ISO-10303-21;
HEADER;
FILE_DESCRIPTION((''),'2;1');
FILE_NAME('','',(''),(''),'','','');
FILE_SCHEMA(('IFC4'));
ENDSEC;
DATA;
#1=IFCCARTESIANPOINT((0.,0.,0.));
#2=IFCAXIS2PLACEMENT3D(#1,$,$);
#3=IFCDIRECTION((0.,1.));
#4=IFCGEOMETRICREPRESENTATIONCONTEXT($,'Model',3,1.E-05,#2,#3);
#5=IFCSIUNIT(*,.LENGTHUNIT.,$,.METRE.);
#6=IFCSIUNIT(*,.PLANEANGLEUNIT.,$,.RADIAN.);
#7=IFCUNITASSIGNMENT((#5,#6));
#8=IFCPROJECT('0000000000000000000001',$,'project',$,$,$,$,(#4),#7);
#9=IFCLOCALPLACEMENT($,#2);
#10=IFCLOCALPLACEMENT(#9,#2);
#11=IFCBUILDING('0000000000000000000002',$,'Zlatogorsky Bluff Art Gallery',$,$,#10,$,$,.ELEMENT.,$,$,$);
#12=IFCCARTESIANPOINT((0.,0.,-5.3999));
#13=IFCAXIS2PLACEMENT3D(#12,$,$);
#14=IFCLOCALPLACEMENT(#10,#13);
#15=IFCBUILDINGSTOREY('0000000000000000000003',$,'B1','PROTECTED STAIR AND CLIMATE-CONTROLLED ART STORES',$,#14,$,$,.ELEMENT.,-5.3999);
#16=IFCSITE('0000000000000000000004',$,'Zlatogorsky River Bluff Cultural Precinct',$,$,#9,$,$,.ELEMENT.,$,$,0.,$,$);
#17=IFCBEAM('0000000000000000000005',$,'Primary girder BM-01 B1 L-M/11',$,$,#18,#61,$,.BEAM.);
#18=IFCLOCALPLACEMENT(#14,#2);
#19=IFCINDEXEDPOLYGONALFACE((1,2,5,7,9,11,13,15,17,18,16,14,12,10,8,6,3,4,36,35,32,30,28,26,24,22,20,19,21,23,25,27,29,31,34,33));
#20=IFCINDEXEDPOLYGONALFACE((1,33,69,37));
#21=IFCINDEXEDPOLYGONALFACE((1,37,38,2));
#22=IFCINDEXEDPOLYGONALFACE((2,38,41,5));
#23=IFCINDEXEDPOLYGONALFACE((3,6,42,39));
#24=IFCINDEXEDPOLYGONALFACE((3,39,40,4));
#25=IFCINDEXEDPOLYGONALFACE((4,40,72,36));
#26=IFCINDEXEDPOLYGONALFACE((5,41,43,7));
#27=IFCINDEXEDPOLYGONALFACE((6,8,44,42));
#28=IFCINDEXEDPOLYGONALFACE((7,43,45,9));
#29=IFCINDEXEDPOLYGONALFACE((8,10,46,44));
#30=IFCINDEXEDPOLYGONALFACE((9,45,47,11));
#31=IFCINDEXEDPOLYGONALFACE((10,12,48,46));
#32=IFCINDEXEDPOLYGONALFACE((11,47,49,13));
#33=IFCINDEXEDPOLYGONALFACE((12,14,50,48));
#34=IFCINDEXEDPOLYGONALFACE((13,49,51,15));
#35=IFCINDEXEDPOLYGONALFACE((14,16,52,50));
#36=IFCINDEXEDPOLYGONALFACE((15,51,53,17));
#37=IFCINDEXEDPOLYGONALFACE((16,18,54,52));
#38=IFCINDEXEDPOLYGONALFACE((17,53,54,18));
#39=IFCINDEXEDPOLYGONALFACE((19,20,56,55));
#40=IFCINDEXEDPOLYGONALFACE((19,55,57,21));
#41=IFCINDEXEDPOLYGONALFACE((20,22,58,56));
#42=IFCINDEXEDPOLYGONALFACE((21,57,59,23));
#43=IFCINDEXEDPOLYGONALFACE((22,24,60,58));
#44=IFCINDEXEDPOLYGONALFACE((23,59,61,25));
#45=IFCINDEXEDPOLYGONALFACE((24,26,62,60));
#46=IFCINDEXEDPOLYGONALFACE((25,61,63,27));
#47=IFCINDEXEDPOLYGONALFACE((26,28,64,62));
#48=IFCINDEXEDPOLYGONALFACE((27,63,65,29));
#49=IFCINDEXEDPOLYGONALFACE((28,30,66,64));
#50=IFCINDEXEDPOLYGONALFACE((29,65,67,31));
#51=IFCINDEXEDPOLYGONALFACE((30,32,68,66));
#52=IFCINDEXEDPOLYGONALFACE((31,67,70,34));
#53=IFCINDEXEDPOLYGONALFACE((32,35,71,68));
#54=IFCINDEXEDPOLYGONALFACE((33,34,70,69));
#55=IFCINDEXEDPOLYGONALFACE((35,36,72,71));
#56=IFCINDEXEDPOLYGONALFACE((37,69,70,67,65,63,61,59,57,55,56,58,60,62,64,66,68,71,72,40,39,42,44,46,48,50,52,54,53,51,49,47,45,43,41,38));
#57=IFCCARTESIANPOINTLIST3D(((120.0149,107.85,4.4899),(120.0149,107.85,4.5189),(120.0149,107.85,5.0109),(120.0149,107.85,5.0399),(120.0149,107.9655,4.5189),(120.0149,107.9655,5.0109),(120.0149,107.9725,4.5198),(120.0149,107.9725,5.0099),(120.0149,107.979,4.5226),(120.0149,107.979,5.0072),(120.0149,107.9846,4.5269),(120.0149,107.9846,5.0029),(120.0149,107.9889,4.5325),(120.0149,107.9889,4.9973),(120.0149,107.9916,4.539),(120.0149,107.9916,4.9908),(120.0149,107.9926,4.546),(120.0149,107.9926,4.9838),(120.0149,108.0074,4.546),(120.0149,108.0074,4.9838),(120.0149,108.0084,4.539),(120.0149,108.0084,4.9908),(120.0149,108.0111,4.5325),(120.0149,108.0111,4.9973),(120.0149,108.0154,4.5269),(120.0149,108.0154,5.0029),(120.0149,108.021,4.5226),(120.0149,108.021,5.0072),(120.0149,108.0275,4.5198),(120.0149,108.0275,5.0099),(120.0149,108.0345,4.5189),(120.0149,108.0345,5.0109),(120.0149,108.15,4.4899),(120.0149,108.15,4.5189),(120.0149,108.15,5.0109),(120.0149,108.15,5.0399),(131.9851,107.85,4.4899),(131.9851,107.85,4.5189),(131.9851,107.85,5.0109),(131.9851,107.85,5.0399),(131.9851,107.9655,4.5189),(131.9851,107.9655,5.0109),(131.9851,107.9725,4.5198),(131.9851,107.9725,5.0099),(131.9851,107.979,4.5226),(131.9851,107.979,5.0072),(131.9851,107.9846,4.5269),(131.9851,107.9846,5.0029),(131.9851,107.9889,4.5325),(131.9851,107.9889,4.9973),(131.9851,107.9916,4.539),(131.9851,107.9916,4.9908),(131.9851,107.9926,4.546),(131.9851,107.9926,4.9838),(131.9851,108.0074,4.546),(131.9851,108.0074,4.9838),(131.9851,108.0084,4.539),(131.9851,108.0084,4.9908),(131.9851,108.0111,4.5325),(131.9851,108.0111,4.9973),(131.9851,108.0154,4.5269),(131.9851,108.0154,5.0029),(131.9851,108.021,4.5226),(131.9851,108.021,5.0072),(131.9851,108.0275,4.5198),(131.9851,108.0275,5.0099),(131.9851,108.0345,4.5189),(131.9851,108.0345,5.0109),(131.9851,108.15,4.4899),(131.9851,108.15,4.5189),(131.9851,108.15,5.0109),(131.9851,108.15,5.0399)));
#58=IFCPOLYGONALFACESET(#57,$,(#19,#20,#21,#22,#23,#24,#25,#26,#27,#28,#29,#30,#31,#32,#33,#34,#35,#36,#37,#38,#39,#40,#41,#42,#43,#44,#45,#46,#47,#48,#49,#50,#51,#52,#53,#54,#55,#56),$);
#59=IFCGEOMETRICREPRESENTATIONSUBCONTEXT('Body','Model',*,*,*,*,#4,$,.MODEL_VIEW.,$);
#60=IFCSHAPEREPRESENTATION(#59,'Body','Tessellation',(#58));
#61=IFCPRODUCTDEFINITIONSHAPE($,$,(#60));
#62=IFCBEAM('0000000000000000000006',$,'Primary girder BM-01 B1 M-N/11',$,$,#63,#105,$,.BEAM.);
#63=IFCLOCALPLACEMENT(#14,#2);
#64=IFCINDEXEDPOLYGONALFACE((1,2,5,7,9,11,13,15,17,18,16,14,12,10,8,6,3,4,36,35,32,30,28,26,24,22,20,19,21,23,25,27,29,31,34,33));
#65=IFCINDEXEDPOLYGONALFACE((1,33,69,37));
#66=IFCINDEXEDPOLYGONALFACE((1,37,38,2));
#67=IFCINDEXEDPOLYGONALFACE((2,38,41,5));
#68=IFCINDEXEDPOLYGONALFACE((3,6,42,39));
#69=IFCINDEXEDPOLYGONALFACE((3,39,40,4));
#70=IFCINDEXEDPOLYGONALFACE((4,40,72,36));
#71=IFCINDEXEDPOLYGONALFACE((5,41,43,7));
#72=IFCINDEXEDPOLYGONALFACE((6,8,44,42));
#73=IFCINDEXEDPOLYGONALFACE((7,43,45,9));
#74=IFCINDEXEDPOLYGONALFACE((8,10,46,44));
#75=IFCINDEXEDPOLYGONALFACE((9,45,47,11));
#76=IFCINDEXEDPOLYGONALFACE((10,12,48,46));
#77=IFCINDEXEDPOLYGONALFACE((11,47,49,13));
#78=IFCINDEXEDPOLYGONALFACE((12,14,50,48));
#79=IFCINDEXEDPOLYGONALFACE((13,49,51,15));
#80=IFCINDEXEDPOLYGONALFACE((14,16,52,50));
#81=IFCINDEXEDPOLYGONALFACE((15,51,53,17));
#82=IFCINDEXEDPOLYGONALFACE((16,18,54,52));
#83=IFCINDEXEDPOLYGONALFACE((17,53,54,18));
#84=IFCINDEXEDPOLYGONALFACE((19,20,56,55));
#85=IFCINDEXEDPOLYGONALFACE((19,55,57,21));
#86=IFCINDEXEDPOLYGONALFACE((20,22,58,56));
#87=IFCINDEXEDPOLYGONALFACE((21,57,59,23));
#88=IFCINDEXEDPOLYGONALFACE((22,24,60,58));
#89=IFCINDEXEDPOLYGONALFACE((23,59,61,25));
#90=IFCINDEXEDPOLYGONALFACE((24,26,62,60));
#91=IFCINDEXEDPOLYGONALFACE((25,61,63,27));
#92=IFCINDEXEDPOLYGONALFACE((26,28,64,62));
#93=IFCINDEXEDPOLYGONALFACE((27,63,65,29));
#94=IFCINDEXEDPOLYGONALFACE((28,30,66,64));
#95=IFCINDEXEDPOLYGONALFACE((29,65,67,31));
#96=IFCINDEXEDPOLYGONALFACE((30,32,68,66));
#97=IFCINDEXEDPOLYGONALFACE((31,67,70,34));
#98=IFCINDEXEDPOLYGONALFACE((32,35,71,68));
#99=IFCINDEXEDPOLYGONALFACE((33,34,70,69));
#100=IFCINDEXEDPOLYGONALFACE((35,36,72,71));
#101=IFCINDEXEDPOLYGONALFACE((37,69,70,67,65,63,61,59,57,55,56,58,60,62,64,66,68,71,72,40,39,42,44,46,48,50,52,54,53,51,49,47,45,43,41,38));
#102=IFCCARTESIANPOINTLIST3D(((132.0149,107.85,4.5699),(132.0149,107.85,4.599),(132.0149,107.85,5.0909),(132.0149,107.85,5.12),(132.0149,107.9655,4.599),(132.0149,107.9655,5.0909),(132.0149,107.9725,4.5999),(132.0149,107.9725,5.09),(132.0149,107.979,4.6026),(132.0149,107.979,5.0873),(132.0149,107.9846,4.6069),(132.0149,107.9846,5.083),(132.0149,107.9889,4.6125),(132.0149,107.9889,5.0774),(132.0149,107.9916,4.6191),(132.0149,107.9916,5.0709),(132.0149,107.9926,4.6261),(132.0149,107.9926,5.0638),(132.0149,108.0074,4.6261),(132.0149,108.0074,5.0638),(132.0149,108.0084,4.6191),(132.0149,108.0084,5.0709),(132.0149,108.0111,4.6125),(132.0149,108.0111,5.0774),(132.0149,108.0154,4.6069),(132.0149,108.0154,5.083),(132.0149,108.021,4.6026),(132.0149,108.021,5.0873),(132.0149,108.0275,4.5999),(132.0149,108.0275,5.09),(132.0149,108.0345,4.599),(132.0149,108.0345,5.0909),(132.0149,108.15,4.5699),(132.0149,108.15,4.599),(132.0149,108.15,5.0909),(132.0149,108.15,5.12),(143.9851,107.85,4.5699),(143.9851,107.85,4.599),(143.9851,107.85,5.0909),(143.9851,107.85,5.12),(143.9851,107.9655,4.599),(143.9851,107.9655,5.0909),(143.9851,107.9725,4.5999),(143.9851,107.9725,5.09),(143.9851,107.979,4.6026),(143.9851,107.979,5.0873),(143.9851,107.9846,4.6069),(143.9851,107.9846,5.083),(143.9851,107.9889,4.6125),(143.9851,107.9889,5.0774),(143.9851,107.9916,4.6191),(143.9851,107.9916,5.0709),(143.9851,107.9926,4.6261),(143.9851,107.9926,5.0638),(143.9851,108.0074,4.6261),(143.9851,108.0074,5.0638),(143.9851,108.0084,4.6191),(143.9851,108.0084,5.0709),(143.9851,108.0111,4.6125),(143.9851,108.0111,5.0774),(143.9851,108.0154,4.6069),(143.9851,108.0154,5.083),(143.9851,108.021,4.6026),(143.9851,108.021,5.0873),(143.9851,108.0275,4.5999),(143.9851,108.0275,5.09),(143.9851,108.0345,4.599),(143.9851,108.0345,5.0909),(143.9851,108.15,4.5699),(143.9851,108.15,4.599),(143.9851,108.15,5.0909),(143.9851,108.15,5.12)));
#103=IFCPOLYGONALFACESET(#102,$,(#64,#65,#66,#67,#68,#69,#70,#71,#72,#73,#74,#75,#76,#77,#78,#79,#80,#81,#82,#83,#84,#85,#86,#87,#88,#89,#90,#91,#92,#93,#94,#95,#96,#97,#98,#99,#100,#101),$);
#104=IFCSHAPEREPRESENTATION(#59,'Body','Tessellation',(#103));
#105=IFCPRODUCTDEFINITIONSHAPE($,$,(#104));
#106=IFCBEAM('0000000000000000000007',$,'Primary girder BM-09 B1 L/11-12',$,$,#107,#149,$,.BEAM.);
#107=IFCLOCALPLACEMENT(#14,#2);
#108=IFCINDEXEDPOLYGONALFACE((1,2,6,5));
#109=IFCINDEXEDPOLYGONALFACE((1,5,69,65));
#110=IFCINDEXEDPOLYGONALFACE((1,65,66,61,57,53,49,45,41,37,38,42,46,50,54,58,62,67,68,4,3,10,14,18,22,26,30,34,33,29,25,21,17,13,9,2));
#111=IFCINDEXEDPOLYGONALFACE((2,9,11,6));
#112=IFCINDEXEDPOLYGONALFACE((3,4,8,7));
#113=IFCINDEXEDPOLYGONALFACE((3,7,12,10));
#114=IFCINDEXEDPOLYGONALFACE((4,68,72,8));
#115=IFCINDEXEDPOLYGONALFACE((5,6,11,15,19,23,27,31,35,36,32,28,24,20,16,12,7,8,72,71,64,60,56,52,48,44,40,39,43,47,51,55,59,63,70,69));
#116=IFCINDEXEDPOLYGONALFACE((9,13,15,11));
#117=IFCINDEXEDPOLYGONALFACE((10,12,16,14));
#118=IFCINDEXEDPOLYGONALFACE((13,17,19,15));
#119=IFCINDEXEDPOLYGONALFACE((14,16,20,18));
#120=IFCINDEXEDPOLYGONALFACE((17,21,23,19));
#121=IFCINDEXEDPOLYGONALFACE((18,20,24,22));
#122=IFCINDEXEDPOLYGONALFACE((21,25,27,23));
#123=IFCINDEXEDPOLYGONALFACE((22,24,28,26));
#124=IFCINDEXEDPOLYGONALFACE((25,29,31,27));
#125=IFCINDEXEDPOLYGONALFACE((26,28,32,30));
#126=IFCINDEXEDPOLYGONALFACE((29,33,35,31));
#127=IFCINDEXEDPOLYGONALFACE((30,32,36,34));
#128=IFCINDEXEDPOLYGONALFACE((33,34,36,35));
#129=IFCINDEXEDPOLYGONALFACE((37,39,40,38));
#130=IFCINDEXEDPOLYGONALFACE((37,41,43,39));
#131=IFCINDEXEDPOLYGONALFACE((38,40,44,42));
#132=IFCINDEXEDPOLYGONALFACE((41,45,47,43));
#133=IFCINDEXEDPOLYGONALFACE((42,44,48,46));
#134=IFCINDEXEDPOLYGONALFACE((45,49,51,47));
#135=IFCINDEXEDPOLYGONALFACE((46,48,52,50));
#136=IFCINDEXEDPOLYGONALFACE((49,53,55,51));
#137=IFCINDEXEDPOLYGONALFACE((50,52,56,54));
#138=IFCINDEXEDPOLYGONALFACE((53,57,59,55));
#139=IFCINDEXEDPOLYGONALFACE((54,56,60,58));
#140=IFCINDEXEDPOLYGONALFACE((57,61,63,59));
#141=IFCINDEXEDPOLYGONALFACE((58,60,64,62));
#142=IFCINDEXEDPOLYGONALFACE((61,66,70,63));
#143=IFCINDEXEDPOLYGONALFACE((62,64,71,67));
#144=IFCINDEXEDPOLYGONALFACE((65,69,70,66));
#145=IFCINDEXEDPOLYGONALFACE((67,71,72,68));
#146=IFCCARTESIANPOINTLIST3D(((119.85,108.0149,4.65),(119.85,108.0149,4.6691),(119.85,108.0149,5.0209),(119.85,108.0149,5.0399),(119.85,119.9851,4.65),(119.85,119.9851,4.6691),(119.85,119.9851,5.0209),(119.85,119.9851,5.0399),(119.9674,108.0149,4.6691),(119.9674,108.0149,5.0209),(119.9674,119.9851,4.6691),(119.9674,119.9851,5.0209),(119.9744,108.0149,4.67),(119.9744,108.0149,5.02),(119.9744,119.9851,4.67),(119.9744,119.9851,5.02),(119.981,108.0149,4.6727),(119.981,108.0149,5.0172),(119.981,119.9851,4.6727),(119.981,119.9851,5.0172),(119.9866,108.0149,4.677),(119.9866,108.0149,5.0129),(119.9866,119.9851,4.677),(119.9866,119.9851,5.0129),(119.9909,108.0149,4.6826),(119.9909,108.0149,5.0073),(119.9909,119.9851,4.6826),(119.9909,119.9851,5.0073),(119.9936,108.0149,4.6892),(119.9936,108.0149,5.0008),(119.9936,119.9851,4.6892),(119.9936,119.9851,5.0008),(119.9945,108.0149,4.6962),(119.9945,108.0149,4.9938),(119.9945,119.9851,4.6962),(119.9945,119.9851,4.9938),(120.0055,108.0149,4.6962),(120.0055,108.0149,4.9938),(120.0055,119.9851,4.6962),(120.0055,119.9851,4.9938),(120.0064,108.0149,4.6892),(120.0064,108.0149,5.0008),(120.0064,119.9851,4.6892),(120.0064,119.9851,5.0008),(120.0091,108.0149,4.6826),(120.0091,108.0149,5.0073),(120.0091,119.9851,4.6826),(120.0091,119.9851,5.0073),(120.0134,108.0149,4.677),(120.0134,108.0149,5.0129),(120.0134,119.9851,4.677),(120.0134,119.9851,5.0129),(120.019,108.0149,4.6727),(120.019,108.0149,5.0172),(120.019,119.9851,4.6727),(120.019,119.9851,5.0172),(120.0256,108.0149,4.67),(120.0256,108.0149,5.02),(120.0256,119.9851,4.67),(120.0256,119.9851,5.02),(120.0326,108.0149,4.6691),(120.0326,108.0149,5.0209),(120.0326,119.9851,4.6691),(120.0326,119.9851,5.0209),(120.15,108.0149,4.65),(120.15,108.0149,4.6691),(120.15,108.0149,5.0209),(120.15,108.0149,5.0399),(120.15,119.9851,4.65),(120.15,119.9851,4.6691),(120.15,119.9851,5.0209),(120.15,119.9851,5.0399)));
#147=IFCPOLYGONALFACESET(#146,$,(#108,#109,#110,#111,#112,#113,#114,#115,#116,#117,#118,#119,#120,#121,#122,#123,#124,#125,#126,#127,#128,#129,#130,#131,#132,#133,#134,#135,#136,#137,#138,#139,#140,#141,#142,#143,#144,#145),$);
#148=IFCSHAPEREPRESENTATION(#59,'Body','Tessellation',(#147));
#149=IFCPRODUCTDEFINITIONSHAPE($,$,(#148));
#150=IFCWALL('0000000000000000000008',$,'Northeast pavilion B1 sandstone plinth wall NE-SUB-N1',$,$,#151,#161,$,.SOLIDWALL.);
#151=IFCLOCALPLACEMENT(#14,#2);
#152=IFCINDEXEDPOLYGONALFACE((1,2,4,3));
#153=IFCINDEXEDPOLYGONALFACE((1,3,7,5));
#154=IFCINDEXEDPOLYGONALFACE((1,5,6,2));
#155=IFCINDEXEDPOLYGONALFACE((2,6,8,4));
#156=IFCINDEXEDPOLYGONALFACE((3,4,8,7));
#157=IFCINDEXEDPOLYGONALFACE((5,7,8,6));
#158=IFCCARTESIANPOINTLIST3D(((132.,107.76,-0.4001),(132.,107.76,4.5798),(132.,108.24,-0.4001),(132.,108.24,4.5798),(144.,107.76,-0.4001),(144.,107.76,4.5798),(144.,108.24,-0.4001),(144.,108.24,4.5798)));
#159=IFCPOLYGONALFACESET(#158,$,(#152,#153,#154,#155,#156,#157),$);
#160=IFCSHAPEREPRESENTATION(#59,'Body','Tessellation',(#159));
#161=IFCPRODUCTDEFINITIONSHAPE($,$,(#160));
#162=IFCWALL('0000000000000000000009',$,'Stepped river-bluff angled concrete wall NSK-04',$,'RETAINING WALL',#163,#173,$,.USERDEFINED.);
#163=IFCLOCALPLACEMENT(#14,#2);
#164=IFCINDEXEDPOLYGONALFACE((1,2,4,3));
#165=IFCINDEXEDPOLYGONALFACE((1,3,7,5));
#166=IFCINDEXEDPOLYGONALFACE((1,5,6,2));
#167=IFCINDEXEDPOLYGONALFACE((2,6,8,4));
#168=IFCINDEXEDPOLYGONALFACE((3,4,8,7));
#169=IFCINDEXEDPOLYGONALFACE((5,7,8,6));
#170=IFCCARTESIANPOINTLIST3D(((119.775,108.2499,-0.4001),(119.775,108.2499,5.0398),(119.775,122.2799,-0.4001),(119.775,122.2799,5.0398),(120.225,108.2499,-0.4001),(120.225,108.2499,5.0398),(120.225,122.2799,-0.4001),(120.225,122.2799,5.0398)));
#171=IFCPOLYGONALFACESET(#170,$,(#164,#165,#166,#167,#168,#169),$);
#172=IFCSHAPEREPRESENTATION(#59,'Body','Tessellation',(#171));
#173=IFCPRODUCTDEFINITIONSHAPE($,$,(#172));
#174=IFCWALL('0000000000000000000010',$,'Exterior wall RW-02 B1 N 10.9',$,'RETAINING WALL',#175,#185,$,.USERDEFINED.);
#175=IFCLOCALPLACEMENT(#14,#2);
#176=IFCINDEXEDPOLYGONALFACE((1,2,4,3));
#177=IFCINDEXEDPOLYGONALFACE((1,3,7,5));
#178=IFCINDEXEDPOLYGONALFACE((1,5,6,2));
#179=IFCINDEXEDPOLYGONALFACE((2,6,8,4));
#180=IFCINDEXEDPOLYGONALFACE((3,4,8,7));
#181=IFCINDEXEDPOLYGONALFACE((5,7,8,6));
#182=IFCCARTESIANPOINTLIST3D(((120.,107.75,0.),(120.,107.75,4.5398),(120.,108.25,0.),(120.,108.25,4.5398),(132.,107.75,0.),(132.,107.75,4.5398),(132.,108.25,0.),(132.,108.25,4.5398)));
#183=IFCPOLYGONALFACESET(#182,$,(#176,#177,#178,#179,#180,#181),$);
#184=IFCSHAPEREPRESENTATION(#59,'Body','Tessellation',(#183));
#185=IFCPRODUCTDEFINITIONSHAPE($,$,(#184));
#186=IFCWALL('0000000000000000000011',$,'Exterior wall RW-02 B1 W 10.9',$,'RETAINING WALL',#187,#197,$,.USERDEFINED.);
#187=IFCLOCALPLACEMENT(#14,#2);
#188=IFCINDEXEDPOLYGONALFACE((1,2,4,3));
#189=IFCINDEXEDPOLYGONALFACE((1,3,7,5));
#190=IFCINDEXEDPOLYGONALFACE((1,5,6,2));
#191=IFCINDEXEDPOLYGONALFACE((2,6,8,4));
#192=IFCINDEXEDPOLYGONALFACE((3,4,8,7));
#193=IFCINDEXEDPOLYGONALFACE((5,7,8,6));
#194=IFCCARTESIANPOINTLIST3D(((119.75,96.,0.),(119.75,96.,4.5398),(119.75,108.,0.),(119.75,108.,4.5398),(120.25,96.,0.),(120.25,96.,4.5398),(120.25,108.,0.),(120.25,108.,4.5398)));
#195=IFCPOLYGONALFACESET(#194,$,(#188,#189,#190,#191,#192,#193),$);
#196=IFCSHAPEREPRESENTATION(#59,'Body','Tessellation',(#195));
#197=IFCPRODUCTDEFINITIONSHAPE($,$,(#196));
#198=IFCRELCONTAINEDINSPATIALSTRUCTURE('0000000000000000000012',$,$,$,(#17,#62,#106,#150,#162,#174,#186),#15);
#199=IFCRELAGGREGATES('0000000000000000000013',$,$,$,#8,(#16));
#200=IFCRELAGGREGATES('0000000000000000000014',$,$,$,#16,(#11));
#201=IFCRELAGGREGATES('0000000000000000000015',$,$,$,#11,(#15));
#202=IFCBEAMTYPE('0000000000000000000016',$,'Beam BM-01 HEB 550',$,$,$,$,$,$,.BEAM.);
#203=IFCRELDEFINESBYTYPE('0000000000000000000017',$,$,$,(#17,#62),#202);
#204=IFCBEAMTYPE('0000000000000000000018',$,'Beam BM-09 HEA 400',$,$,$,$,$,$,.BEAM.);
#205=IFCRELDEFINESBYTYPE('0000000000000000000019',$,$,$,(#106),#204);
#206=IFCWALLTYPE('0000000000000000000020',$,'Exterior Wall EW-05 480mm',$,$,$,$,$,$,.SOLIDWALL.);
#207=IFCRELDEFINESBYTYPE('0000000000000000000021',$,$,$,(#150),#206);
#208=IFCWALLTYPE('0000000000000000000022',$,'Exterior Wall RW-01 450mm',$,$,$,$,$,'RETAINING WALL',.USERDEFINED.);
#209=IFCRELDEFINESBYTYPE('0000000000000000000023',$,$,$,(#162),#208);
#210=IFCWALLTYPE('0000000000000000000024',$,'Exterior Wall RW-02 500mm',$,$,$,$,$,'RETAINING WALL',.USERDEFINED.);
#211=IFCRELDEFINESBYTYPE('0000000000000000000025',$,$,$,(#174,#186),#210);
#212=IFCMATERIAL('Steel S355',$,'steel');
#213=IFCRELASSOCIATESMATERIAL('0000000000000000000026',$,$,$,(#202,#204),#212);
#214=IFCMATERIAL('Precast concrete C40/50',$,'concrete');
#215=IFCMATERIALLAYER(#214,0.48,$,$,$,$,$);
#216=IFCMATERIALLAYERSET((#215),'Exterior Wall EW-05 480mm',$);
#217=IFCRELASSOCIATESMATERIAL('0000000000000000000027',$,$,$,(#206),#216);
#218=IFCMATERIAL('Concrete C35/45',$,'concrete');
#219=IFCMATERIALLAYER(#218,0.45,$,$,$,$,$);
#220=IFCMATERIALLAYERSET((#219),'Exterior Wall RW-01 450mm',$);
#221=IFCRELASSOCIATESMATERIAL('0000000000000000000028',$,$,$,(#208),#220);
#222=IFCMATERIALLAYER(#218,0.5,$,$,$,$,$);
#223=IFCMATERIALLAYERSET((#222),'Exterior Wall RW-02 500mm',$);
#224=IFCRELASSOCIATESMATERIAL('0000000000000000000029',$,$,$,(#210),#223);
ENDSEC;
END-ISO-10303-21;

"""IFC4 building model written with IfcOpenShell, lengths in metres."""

from ifc_helpers import new_model, si_unit, direction, frame, frame_2d, origin, origin_2d, place, context, subcontext, project, spatial, rectangle, i_section, extrude, material, layer, layer_set, material_profile, profile_set, type_object, element, save


model = new_model("IFC4")

# Units and contexts
model_context = context("Model", 3, precision=1e-05, world=origin(), true_north=direction((0.0, 1.0)))
body_context = subcontext(model_context, "Body", "Model", "MODEL_VIEW")
ifc_project = project(units=[si_unit("LENGTHUNIT", "METRE"), si_unit("PLANEANGLEUNIT", "RADIAN")], contexts=[model_context])

# Site, building, storey
site_placement = place(None, origin())
site = spatial("IfcSite", under=ifc_project, at=site_placement, Name="Zlatogorsky River Bluff Cultural Precinct", CompositionType="ELEMENT", RefElevation=0.0)
building_placement = place(site_placement, origin())
building = spatial("IfcBuilding", under=site, at=building_placement, Name="Zlatogorsky Bluff Art Gallery", CompositionType="ELEMENT")
storey_placement = place(building_placement, frame((0.0, 0.0, -5.3999)))
storey = spatial("IfcBuildingStorey", under=building, at=storey_placement, Name="B1", Description="PROTECTED STAIR AND CLIMATE-CONTROLLED ART STORES", CompositionType="ELEMENT", Elevation=-5.3999)

# Shared definitions
ifc_material_1 = material(Name="Concrete C35/45", Category="concrete")

# Shared definitions
ifc_material_2 = material(Name="Steel S355", Category="steel")

# Beams
ifc_material_profile_1 = material_profile(ifc_material_2, i_section(OverallWidth=0.3, OverallDepth=0.55, WebThickness=0.0149, FlangeThickness=0.0291, FilletRadius=0.0271, at=origin_2d()), Name="HEB 550")
ifc_profile_set_1 = profile_set([ifc_material_profile_1], Name="Steel S355")
beam_type_1 = type_object("IfcBeamType", Name="Beam BM-01 HEB 550", PredefinedType="BEAM", material=ifc_profile_set_1)
for number, where, z_axis, x_axis, name in (
    (1, (120.0149, 108.0, 4.7649), (1.0, 0.0, 0.0), (0.0, 1.0, 0.0), "Primary girder BM-01 B1 L-M/11"),
    (2, (132.0149, 108.0, 4.845), (1.0, 0.0, 0.0), (0.0, 1.0, 0.0), "Primary girder BM-01 B1 M-N/11"),
):
    element("IfcBeam", number, at=place(storey_placement, frame(where, z_axis=z_axis, x_axis=x_axis)), inside=storey, type_object=beam_type_1, Name=name, PredefinedType="BEAM", context=body_context, shape_type="SweptSolid", body=[
        extrude(i_section(OverallWidth=0.3, OverallDepth=0.55, WebThickness=0.0149, FlangeThickness=0.0291, FilletRadius=0.0271, at=origin_2d()), origin(), (0.0, 0.0, 1.0), 11.9702),
    ])
ifc_material_profile_2 = material_profile(ifc_material_2, i_section(OverallWidth=0.3, OverallDepth=0.3899, WebThickness=0.011, FlangeThickness=0.019, FilletRadius=0.0271, at=origin_2d()), Name="HEA 400")
ifc_profile_set_2 = profile_set([ifc_material_profile_2], Name="Steel S355")
beam_type_2 = type_object("IfcBeamType", Name="Beam BM-09 HEA 400", PredefinedType="BEAM", material=ifc_profile_set_2)
beam_placement = place(storey_placement, frame((120.0, 108.0149, 4.845), z_axis=(0.0, 1.0, 0.0), x_axis=(-1.0, 0.0, 0.0)))
element("IfcBeam", 3, at=beam_placement, inside=storey, type_object=beam_type_2, Name="Primary girder BM-09 B1 L/11-12", PredefinedType="BEAM", context=body_context, shape_type="SweptSolid", body=[
    extrude(i_section(OverallWidth=0.3, OverallDepth=0.3899, WebThickness=0.011, FlangeThickness=0.019, FilletRadius=0.0271, at=origin_2d()), origin(), (0.0, 0.0, 1.0), 11.9702),
])

# Walls
ifc_material_3 = material(Name="Precast concrete C40/50", Category="concrete")
ifc_layer_1 = layer(ifc_material_3, 0.48)
ifc_layer_set_1 = layer_set([ifc_layer_1], Name="Exterior Wall EW-05 480mm")
wall_type_1 = type_object("IfcWallType", Name="Exterior Wall EW-05 480mm", PredefinedType="SOLIDWALL", material=ifc_layer_set_1)
wall_1_placement = place(storey_placement, frame((132.0, 108.0, -0.4001), z_axis=(0.0, 0.0, 1.0), x_axis=(1.0, 0.0, 0.0)))
element("IfcWall", 4, at=wall_1_placement, inside=storey, type_object=wall_type_1, Name="Northeast pavilion B1 sandstone plinth wall NE-SUB-N1", PredefinedType="SOLIDWALL", context=body_context, shape_type="SweptSolid", body=[
    extrude(rectangle(XDim=12.0, YDim=0.48, at=frame_2d((6.0, 0.0))), origin(), (0.0, 0.0, 1.0), 4.98),
])
ifc_layer_2 = layer(ifc_material_1, 0.45)
ifc_layer_set_2 = layer_set([ifc_layer_2], Name="Exterior Wall RW-01 450mm")
wall_type_2 = type_object("IfcWallType", Name="Exterior Wall RW-01 450mm", ElementType="RETAINING WALL", PredefinedType="USERDEFINED", material=ifc_layer_set_2)
wall_2_placement = place(storey_placement, frame((120.0, 122.28, -0.4001), z_axis=(0.0, 0.0, 1.0), x_axis=(0.0, -1.0, 0.0)))
element("IfcWall", 5, at=wall_2_placement, inside=storey, type_object=wall_type_2, Name="Stepped river-bluff angled concrete wall NSK-04", ObjectType="RETAINING WALL", PredefinedType="USERDEFINED", context=body_context, shape_type="SweptSolid", body=[
    extrude(rectangle(XDim=14.03, YDim=0.45, at=frame_2d((7.0151, 0.0))), origin(), (0.0, 0.0, 1.0), 5.4399),
])
ifc_layer_3 = layer(ifc_material_1, 0.5)
ifc_layer_set_3 = layer_set([ifc_layer_3], Name="Exterior Wall RW-02 500mm")
wall_type_3 = type_object("IfcWallType", Name="Exterior Wall RW-02 500mm", ElementType="RETAINING WALL", PredefinedType="USERDEFINED", material=ifc_layer_set_3)
for number, where, z_axis, x_axis, name in (
    (6, (132.0, 108.0, 0.0), (0.0, 0.0, 1.0), (-1.0, 0.0, 0.0), "Exterior wall RW-02 B1 N 10.9"),
    (7, (120.0, 108.0, 0.0), (0.0, 0.0, 1.0), (0.0, -1.0, 0.0), "Exterior wall RW-02 B1 W 10.9"),
):
    element("IfcWall", number, at=place(storey_placement, frame(where, z_axis=z_axis, x_axis=x_axis)), inside=storey, type_object=wall_type_3, Name=name, ObjectType="RETAINING WALL", PredefinedType="USERDEFINED", context=body_context, shape_type="SweptSolid", body=[
        extrude(rectangle(XDim=12.0, YDim=0.5, at=frame_2d((6.0, 0.0))), origin(), (0.0, 0.0, 1.0), 4.5398),
    ])

save(model, "model.ifc")
